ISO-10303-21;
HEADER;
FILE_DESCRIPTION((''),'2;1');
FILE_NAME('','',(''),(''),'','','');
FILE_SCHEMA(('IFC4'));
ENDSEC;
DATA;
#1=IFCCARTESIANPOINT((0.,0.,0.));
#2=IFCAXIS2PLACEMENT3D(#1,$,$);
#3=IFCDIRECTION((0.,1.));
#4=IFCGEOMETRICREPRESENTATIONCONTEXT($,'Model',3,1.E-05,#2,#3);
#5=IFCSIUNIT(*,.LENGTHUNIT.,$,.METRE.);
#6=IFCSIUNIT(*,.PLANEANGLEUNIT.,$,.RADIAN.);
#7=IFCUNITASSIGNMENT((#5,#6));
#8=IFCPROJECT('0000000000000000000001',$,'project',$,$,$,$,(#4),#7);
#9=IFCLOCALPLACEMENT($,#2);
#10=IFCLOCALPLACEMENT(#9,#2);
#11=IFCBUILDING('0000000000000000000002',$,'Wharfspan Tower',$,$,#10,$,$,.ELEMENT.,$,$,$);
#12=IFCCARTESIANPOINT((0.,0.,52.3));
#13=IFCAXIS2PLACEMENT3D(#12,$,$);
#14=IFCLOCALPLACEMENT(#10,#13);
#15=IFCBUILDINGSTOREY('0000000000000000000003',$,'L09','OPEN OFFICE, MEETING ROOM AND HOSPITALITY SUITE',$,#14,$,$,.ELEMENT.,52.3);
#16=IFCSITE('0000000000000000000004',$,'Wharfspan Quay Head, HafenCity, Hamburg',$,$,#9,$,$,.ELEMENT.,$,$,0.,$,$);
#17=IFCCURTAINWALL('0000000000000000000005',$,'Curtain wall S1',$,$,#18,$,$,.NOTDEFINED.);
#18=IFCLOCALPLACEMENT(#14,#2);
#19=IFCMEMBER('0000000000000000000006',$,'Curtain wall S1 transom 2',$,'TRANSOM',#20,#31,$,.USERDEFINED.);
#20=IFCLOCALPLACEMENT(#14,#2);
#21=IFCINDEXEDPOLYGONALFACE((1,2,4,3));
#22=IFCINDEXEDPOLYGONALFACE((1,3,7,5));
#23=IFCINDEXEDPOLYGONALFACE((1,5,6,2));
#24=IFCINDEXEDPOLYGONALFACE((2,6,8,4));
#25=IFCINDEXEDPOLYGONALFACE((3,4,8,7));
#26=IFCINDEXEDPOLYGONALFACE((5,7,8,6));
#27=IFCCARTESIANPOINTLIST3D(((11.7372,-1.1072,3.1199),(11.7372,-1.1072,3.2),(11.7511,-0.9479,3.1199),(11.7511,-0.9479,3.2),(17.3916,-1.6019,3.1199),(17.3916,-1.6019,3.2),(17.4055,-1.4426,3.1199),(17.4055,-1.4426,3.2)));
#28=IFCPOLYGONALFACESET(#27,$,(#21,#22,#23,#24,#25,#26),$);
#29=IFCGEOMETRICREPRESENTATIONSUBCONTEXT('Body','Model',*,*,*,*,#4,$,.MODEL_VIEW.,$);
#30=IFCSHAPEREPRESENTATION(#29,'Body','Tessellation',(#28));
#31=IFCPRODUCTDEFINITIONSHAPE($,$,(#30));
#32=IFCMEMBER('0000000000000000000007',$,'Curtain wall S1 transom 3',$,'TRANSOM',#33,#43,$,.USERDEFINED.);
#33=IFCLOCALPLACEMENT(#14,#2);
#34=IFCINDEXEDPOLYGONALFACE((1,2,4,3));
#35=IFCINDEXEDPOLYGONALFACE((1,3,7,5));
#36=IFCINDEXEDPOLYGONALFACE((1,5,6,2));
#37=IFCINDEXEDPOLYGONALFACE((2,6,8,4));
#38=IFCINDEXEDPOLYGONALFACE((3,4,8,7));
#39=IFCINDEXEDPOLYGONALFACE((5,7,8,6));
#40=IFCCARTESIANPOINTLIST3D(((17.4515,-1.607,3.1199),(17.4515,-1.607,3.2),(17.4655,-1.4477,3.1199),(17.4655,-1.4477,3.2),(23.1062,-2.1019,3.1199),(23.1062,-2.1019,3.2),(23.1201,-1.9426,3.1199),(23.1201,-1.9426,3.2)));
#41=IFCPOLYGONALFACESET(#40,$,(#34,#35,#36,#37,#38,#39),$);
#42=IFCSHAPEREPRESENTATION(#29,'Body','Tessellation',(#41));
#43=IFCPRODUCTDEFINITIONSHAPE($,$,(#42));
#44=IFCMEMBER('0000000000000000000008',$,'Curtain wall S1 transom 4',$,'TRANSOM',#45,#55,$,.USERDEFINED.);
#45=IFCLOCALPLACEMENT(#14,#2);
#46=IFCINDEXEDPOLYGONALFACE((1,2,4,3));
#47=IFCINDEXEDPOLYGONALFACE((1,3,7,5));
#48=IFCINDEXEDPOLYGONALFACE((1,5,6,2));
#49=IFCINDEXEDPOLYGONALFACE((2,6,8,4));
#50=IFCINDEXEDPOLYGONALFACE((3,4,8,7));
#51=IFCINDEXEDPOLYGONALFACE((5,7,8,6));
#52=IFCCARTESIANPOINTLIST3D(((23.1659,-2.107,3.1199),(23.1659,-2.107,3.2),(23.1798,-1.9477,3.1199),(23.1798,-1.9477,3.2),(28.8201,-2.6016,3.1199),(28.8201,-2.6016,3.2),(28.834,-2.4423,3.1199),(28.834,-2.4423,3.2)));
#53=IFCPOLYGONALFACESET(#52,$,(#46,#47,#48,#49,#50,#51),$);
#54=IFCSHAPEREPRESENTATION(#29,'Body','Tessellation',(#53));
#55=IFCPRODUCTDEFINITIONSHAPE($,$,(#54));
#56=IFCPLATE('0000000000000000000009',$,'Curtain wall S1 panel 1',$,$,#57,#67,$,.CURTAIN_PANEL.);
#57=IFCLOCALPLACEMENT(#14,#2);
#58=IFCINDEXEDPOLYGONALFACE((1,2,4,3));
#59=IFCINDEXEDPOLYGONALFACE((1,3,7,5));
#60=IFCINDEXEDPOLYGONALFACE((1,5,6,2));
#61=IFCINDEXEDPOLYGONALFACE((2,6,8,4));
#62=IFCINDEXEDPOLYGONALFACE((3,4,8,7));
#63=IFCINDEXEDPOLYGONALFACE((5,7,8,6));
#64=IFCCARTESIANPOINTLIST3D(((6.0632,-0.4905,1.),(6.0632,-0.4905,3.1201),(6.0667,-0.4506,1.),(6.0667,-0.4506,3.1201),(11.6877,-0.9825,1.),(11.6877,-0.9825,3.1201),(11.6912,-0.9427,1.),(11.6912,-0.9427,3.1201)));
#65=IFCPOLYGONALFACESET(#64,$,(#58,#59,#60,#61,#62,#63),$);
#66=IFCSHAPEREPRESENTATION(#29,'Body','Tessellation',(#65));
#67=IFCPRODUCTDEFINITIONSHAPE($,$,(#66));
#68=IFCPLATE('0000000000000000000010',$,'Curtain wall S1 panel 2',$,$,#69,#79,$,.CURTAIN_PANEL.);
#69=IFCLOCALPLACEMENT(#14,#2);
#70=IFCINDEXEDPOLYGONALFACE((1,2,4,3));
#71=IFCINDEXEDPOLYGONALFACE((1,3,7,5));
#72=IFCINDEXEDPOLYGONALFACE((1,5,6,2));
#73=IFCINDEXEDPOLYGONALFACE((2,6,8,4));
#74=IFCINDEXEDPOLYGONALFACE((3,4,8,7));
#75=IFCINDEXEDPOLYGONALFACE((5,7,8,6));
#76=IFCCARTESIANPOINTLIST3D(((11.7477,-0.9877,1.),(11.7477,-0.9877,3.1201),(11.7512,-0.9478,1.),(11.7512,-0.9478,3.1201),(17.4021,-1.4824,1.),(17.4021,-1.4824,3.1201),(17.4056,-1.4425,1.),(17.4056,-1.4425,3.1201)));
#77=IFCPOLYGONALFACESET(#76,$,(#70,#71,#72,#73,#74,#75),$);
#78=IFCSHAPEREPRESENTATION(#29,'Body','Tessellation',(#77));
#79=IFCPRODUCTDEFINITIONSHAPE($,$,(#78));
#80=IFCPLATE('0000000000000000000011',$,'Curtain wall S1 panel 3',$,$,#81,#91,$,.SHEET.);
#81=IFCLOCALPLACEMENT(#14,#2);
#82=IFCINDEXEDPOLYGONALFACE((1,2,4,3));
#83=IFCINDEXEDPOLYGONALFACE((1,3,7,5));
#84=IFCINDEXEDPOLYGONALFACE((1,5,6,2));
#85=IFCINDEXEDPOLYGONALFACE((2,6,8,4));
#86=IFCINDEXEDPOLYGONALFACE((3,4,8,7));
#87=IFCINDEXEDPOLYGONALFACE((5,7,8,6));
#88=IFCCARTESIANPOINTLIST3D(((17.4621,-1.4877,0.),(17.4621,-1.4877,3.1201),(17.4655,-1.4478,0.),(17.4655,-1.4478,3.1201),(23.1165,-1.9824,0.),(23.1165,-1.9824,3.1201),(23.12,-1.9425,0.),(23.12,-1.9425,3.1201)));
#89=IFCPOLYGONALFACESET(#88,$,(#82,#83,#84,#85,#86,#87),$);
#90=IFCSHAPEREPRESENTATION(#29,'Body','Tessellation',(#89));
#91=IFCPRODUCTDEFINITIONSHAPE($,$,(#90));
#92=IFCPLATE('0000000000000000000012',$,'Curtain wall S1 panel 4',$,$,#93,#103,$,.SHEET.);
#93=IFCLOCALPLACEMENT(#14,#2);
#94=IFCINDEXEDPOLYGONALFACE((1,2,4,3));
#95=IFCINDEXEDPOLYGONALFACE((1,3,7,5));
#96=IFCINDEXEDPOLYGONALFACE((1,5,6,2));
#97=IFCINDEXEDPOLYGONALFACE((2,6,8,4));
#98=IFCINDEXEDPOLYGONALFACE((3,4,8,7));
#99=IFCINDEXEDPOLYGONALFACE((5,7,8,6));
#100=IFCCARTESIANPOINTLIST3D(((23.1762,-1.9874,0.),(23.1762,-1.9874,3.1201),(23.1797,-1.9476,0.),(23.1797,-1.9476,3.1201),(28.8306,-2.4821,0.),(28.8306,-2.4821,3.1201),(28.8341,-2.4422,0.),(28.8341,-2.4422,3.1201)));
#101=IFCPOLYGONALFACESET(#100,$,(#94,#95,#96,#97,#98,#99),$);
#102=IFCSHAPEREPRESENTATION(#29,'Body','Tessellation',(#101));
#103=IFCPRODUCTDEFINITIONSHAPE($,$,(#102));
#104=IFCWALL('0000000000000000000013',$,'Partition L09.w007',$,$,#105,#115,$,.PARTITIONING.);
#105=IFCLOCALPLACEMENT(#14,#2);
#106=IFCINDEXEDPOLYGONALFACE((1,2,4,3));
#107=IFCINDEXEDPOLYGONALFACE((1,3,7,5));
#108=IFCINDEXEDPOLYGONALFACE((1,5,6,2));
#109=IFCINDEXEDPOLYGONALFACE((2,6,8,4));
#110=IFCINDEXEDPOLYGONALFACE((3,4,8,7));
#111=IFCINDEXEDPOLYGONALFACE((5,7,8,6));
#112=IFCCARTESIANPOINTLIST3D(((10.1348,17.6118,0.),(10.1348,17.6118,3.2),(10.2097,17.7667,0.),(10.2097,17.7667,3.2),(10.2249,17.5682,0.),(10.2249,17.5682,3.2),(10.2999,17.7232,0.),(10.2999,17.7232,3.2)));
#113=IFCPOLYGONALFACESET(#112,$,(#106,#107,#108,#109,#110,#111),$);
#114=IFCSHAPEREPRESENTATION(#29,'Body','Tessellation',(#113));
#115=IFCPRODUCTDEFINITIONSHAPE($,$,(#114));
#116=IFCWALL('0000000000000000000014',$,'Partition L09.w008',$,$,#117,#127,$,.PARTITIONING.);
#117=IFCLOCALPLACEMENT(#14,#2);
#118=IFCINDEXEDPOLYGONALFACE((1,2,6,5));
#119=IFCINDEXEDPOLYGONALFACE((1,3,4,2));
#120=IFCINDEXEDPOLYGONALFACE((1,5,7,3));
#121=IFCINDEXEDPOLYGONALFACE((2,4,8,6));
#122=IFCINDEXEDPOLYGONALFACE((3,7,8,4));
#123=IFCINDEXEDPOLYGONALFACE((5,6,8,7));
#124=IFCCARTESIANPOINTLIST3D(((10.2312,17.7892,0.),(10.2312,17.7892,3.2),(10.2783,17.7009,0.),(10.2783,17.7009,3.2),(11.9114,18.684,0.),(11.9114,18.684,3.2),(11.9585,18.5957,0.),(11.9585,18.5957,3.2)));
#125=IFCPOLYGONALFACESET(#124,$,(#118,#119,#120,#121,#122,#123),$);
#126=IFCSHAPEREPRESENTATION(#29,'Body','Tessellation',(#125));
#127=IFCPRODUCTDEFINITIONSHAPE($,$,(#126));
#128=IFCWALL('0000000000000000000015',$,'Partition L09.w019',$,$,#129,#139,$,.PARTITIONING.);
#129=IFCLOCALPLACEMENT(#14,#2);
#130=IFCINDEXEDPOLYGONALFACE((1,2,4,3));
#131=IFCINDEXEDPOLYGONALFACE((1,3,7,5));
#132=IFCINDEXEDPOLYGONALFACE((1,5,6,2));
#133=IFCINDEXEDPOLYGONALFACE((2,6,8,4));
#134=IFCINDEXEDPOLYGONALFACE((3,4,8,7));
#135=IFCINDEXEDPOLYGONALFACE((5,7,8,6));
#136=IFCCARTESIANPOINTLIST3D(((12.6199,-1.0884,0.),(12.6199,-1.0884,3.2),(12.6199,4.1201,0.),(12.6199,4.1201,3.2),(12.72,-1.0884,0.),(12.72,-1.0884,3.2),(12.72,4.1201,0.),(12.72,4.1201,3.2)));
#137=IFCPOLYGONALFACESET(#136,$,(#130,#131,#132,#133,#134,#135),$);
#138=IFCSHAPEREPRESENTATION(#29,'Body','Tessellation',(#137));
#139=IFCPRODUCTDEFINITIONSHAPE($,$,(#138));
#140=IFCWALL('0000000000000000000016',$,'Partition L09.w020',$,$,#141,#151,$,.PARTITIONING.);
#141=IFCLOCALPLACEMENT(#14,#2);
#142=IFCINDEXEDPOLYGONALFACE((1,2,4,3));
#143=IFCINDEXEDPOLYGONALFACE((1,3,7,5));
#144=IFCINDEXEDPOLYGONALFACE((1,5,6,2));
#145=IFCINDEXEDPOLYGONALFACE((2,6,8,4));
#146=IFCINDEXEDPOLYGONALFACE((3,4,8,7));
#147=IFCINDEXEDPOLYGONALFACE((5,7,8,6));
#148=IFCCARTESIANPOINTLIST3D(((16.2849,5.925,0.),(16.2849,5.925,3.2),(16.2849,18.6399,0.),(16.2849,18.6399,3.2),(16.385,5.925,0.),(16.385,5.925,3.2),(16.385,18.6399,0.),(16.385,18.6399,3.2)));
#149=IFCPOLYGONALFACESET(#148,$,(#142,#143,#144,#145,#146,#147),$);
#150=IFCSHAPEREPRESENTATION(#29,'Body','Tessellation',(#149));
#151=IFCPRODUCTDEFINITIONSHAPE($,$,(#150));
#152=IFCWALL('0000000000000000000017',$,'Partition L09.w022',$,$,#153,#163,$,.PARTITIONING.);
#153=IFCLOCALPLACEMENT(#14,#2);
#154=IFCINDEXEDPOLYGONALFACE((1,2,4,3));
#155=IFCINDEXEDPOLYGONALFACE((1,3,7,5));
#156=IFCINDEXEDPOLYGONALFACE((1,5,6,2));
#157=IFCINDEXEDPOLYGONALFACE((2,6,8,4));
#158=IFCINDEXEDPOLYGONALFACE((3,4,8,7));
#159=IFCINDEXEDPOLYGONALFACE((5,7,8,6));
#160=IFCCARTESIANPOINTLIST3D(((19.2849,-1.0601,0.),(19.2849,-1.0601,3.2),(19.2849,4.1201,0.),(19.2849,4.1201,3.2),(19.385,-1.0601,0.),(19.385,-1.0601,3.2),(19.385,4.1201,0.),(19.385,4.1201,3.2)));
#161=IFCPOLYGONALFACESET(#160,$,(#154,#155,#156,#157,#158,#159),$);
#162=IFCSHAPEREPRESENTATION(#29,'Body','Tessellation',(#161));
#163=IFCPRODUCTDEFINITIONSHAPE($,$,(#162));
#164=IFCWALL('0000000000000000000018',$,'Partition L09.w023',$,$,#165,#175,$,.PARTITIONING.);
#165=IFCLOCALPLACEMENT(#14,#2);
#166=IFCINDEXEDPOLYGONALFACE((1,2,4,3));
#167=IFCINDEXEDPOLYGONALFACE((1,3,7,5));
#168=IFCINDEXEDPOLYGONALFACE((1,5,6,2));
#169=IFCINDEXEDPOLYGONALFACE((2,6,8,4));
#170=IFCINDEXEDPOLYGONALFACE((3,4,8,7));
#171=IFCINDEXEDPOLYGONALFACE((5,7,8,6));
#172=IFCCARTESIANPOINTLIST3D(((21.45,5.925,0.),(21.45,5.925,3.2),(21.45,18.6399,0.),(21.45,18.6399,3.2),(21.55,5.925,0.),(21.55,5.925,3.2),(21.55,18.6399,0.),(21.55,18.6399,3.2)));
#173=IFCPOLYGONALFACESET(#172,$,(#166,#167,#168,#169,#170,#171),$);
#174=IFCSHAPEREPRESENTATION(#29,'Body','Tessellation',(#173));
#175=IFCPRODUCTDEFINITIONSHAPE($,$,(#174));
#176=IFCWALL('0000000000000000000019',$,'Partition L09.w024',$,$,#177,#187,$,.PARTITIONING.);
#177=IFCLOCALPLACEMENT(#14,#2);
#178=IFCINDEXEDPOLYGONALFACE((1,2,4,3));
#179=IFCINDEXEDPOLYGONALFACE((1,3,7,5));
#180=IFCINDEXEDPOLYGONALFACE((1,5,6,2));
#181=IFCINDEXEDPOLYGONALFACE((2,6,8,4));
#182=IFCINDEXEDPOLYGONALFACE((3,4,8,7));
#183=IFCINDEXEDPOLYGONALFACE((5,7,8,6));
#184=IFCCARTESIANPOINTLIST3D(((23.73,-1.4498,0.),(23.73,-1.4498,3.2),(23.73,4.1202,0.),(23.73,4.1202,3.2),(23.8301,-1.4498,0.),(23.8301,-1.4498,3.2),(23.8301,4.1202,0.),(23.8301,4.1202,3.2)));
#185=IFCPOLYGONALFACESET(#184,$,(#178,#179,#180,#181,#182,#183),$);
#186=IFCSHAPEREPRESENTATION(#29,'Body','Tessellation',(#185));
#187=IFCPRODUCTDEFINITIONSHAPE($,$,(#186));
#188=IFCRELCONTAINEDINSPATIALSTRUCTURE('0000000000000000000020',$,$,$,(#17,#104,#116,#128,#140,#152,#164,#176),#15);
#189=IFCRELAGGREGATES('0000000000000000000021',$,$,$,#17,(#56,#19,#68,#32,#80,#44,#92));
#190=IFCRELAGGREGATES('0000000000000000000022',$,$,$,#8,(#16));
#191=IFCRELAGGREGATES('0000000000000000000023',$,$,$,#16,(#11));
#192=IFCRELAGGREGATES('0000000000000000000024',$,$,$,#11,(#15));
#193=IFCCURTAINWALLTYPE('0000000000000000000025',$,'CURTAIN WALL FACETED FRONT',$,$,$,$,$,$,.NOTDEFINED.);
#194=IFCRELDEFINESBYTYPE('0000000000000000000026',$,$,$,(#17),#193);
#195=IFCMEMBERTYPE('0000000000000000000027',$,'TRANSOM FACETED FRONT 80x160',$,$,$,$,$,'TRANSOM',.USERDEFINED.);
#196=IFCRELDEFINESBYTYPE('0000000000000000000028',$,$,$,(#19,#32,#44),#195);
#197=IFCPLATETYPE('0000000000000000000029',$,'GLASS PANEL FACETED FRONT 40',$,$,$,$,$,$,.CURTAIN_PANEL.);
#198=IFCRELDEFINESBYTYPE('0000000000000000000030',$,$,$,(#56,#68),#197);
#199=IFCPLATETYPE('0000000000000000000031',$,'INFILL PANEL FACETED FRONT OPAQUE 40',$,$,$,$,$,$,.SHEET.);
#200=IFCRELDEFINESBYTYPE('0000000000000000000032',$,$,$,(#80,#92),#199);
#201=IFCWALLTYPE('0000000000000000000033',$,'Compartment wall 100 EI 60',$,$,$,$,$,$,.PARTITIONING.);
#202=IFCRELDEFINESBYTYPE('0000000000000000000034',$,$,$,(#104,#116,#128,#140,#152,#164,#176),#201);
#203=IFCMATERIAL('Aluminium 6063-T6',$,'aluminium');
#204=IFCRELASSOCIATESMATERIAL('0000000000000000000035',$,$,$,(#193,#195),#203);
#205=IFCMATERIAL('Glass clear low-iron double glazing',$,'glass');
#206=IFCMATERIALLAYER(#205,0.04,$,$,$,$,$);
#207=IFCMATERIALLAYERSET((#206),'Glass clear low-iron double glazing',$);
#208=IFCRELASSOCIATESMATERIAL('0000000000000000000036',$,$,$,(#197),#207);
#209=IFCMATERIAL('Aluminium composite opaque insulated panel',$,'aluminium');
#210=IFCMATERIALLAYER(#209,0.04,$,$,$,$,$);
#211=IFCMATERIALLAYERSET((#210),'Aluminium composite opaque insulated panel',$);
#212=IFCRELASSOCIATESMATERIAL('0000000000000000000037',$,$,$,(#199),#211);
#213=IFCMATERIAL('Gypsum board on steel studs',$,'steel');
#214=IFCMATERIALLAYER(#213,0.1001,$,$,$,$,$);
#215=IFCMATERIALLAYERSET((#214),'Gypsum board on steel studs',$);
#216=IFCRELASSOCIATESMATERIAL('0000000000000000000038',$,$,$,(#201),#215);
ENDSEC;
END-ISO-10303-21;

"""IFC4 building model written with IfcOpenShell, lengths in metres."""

from ifc_helpers import new_model, si_unit, direction, frame, frame_2d, origin, origin_2d, place, context, subcontext, project, spatial, rectangle, extrude, material, layer, layer_set, material_profile, profile_set, type_object, element, aggregate, save


model = new_model("IFC4")

# Units and contexts
model_context = context("Model", 3, precision=1e-05, world=origin(), true_north=direction((0.0, 1.0)))
body_context = subcontext(model_context, "Body", "Model", "MODEL_VIEW")
ifc_project = project(units=[si_unit("LENGTHUNIT", "METRE"), si_unit("PLANEANGLEUNIT", "RADIAN")], contexts=[model_context])

# Site, building, storey
site_placement = place(None, origin())
site = spatial("IfcSite", under=ifc_project, at=site_placement, Name="Wharfspan Quay Head, HafenCity, Hamburg", CompositionType="ELEMENT", RefElevation=0.0)
building_placement = place(site_placement, origin())
building = spatial("IfcBuilding", under=site, at=building_placement, Name="Wharfspan Tower", CompositionType="ELEMENT")
storey_placement = place(building_placement, frame((0.0, 0.0, 52.3)))
storey = spatial("IfcBuildingStorey", under=building, at=storey_placement, Name="L09", Description="OPEN OFFICE, MEETING ROOM AND HOSPITALITY SUITE", CompositionType="ELEMENT", Elevation=52.3)

# Curtain wall
ifc_material_1 = material(Name="Aluminium 6063-T6", Category="aluminium")
curtain_wall_type = type_object("IfcCurtainWallType", Name="CURTAIN WALL FACETED FRONT", PredefinedType="NOTDEFINED", material=ifc_material_1)
curtain_wall_placement = place(storey_placement, origin())
curtain_wall = element("IfcCurtainWall", 1, at=curtain_wall_placement, inside=storey, type_object=curtain_wall_type, Name="Curtain wall S1", PredefinedType="NOTDEFINED")

# Members
ifc_material_profile_1 = material_profile(ifc_material_1, rectangle(XDim=0.1599, YDim=0.0801, at=origin_2d()))
ifc_profile_set_1 = profile_set([ifc_material_profile_1], Name="Aluminium 6063-T6")
member_type_1 = type_object("IfcMemberType", Name="TRANSOM FACETED FRONT 80x160", ElementType="TRANSOM", PredefinedType="USERDEFINED", material=ifc_profile_set_1)
member_1_placement = place(storey_placement, frame((11.7441, -1.0276, 3.1599), z_axis=(0.996196, -0.087142, 0.0), x_axis=(0.087142, 0.996196, 0.0)))
member_1 = element("IfcMember", 2, at=member_1_placement, type_object=member_type_1, Name="Curtain wall S1 transom 2", ObjectType="TRANSOM", PredefinedType="USERDEFINED", context=body_context, shape_type="SweptSolid", body=[
    extrude(rectangle(XDim=0.1599, YDim=0.0801, at=origin_2d()), origin(), (0.0, 0.0, 1.0), 5.676),
])
member_2_placement = place(storey_placement, frame((17.4585, -1.5273, 3.1599), z_axis=(0.996192, -0.087185, 0.0), x_axis=(0.087185, 0.996192, 0.0)))
member_2 = element("IfcMember", 3, at=member_2_placement, type_object=member_type_1, Name="Curtain wall S1 transom 3", ObjectType="TRANSOM", PredefinedType="USERDEFINED", context=body_context, shape_type="SweptSolid", body=[
    extrude(rectangle(XDim=0.1599, YDim=0.0801, at=origin_2d()), origin(), (0.0, 0.0, 1.0), 5.6763),
])
member_3_placement = place(storey_placement, frame((23.1729, -2.0273, 3.1599), z_axis=(0.996196, -0.087146, 0.0), x_axis=(0.087146, 0.996196, 0.0)))
member_3 = element("IfcMember", 4, at=member_3_placement, type_object=member_type_1, Name="Curtain wall S1 transom 4", ObjectType="TRANSOM", PredefinedType="USERDEFINED", context=body_context, shape_type="SweptSolid", body=[
    extrude(rectangle(XDim=0.1599, YDim=0.0801, at=origin_2d()), origin(), (0.0, 0.0, 1.0), 5.6758),
])

# Plates
ifc_material_2 = material(Name="Glass clear low-iron double glazing", Category="glass")
ifc_layer_1 = layer(ifc_material_2, 0.04)
ifc_layer_set_1 = layer_set([ifc_layer_1], Name="Glass clear low-iron double glazing")
plate_type_1 = type_object("IfcPlateType", Name="GLASS PANEL FACETED FRONT 40", PredefinedType="CURTAIN_PANEL", material=ifc_layer_set_1)
plate_1_placement = place(storey_placement, frame((8.8772, -0.7166, 1.0), z_axis=(0.0, 0.0, 1.0), x_axis=(0.996197, -0.087156, 0.0)))
plate_1 = element("IfcPlate", 5, at=plate_1_placement, type_object=plate_type_1, Name="Curtain wall S1 panel 1", PredefinedType="CURTAIN_PANEL", context=body_context, shape_type="SweptSolid", body=[
    extrude(rectangle(XDim=5.646, YDim=0.04, at=origin_2d()), origin(), (0.0, 0.0, 1.0), 2.1201),
])
plate_2_placement = place(storey_placement, frame((14.5767, -1.2151, 1.0), z_axis=(0.0, 0.0, 1.0), x_axis=(0.996197, -0.087156, 0.0)))
plate_2 = element("IfcPlate", 6, at=plate_2_placement, type_object=plate_type_1, Name="Curtain wall S1 panel 2", PredefinedType="CURTAIN_PANEL", context=body_context, shape_type="SweptSolid", body=[
    extrude(rectangle(XDim=5.676, YDim=0.04, at=origin_2d()), origin(), (0.0, 0.0, 1.0), 2.1201),
])
ifc_material_3 = material(Name="Aluminium composite opaque insulated panel", Category="aluminium")
ifc_layer_2 = layer(ifc_material_3, 0.04)
ifc_layer_set_2 = layer_set([ifc_layer_2], Name="Aluminium composite opaque insulated panel")
plate_type_2 = type_object("IfcPlateType", Name="INFILL PANEL FACETED FRONT OPAQUE 40", PredefinedType="SHEET", material=ifc_layer_set_2)
plate_3_placement = place(storey_placement, frame((20.291, -1.7151, 0.0), z_axis=(0.0, 0.0, 1.0), x_axis=(0.996197, -0.087156, 0.0)))
plate_3 = element("IfcPlate", 7, at=plate_3_placement, type_object=plate_type_2, Name="Curtain wall S1 panel 3", PredefinedType="SHEET", context=body_context, shape_type="SweptSolid", body=[
    extrude(rectangle(XDim=5.676, YDim=0.04, at=origin_2d()), origin(), (0.0, 0.0, 1.0), 3.1201),
])
plate_4_placement = place(storey_placement, frame((26.0051, -2.2148, 0.0), z_axis=(0.0, 0.0, 1.0), x_axis=(0.996197, -0.087156, 0.0)))
plate_4 = element("IfcPlate", 8, at=plate_4_placement, type_object=plate_type_2, Name="Curtain wall S1 panel 4", PredefinedType="SHEET", context=body_context, shape_type="SweptSolid", body=[
    extrude(rectangle(XDim=5.676, YDim=0.04, at=origin_2d()), origin(), (0.0, 0.0, 1.0), 3.1201),
])
aggregate(curtain_wall, [plate_1, member_1, plate_2, member_2, plate_3, member_3, plate_4])

# Walls
ifc_material_4 = material(Name="Gypsum board on steel studs", Category="steel")
ifc_layer_3 = layer(ifc_material_4, 0.1001)
ifc_layer_set_3 = layer_set([ifc_layer_3], Name="Gypsum board on steel studs")
wall_type = type_object("IfcWallType", Name="Compartment wall 100 EI 60", PredefinedType="PARTITIONING", material=ifc_layer_set_3)
wall_1_placement = place(storey_placement, frame((10.1799, 17.5901, 0.0), z_axis=(0.0, 0.0, 1.0), x_axis=(0.435266, 0.900306, 0.0)))
element("IfcWall", 9, at=wall_1_placement, inside=storey, type_object=wall_type, Name="Partition L09.w007", PredefinedType="PARTITIONING", context=body_context, shape_type="SweptSolid", body=[
    extrude(rectangle(XDim=0.1721, YDim=0.1001, at=frame_2d((0.0859, 0.0))), origin(), (0.0, 0.0, 1.0), 3.2),
])
wall_2_placement = place(storey_placement, frame((10.2549, 17.7451, 0.0), z_axis=(0.0, 0.0, 1.0), x_axis=(0.882644, 0.470051, 0.0)))
element("IfcWall", 10, at=wall_2_placement, inside=storey, type_object=wall_type, Name="Partition L09.w008", PredefinedType="PARTITIONING", context=body_context, shape_type="SweptSolid", body=[
    extrude(rectangle(XDim=1.9036, YDim=0.1001, at=frame_2d((0.9517, 0.0))), origin(), (0.0, 0.0, 1.0), 3.2),
])
wall_3_placement = place(storey_placement, frame((12.6699, -1.0884, 0.0), z_axis=(0.0, 0.0, 1.0), x_axis=(0.0, 1.0, 0.0)))
element("IfcWall", 11, at=wall_3_placement, inside=storey, type_object=wall_type, Name="Partition L09.w019", PredefinedType="PARTITIONING", context=body_context, shape_type="SweptSolid", body=[
    extrude(rectangle(XDim=5.2085, YDim=0.1001, at=frame_2d((2.6042, 0.0))), origin(), (0.0, 0.0, 1.0), 3.2),
])
wall_4_placement = place(storey_placement, frame((16.335, 5.925, 0.0), z_axis=(0.0, 0.0, 1.0), x_axis=(0.0, 1.0, 0.0)))
element("IfcWall", 12, at=wall_4_placement, inside=storey, type_object=wall_type, Name="Partition L09.w020", PredefinedType="PARTITIONING", context=body_context, shape_type="SweptSolid", body=[
    extrude(rectangle(XDim=12.7148, YDim=0.1001, at=frame_2d((6.3574, 0.0))), origin(), (0.0, 0.0, 1.0), 3.2),
])
wall_5_placement = place(storey_placement, frame((19.335, -1.0601, 0.0), z_axis=(0.0, 0.0, 1.0), x_axis=(0.0, 1.0, 0.0)))
element("IfcWall", 13, at=wall_5_placement, inside=storey, type_object=wall_type, Name="Partition L09.w022", PredefinedType="PARTITIONING", context=body_context, shape_type="SweptSolid", body=[
    extrude(rectangle(XDim=5.1802, YDim=0.1001, at=frame_2d((2.5901, 0.0))), origin(), (0.0, 0.0, 1.0), 3.2),
])
wall_6_placement = place(storey_placement, frame((21.5, 5.925, 0.0), z_axis=(0.0, 0.0, 1.0), x_axis=(0.0, 1.0, 0.0)))
element("IfcWall", 14, at=wall_6_placement, inside=storey, type_object=wall_type, Name="Partition L09.w023", PredefinedType="PARTITIONING", context=body_context, shape_type="SweptSolid", body=[
    extrude(rectangle(XDim=12.7148, YDim=0.1001, at=frame_2d((6.3574, 0.0))), origin(), (0.0, 0.0, 1.0), 3.2),
])
wall_7_placement = place(storey_placement, frame((23.78, -1.45, 0.0), z_axis=(0.0, 0.0, 1.0), x_axis=(0.0, 1.0, 0.0)))
element("IfcWall", 15, at=wall_7_placement, inside=storey, type_object=wall_type, Name="Partition L09.w024", PredefinedType="PARTITIONING", context=body_context, shape_type="SweptSolid", body=[
    extrude(rectangle(XDim=5.5701, YDim=0.1001, at=frame_2d((2.7852, 0.0))), origin(), (0.0, 0.0, 1.0), 3.2),
])

save(model, "model.ifc")
